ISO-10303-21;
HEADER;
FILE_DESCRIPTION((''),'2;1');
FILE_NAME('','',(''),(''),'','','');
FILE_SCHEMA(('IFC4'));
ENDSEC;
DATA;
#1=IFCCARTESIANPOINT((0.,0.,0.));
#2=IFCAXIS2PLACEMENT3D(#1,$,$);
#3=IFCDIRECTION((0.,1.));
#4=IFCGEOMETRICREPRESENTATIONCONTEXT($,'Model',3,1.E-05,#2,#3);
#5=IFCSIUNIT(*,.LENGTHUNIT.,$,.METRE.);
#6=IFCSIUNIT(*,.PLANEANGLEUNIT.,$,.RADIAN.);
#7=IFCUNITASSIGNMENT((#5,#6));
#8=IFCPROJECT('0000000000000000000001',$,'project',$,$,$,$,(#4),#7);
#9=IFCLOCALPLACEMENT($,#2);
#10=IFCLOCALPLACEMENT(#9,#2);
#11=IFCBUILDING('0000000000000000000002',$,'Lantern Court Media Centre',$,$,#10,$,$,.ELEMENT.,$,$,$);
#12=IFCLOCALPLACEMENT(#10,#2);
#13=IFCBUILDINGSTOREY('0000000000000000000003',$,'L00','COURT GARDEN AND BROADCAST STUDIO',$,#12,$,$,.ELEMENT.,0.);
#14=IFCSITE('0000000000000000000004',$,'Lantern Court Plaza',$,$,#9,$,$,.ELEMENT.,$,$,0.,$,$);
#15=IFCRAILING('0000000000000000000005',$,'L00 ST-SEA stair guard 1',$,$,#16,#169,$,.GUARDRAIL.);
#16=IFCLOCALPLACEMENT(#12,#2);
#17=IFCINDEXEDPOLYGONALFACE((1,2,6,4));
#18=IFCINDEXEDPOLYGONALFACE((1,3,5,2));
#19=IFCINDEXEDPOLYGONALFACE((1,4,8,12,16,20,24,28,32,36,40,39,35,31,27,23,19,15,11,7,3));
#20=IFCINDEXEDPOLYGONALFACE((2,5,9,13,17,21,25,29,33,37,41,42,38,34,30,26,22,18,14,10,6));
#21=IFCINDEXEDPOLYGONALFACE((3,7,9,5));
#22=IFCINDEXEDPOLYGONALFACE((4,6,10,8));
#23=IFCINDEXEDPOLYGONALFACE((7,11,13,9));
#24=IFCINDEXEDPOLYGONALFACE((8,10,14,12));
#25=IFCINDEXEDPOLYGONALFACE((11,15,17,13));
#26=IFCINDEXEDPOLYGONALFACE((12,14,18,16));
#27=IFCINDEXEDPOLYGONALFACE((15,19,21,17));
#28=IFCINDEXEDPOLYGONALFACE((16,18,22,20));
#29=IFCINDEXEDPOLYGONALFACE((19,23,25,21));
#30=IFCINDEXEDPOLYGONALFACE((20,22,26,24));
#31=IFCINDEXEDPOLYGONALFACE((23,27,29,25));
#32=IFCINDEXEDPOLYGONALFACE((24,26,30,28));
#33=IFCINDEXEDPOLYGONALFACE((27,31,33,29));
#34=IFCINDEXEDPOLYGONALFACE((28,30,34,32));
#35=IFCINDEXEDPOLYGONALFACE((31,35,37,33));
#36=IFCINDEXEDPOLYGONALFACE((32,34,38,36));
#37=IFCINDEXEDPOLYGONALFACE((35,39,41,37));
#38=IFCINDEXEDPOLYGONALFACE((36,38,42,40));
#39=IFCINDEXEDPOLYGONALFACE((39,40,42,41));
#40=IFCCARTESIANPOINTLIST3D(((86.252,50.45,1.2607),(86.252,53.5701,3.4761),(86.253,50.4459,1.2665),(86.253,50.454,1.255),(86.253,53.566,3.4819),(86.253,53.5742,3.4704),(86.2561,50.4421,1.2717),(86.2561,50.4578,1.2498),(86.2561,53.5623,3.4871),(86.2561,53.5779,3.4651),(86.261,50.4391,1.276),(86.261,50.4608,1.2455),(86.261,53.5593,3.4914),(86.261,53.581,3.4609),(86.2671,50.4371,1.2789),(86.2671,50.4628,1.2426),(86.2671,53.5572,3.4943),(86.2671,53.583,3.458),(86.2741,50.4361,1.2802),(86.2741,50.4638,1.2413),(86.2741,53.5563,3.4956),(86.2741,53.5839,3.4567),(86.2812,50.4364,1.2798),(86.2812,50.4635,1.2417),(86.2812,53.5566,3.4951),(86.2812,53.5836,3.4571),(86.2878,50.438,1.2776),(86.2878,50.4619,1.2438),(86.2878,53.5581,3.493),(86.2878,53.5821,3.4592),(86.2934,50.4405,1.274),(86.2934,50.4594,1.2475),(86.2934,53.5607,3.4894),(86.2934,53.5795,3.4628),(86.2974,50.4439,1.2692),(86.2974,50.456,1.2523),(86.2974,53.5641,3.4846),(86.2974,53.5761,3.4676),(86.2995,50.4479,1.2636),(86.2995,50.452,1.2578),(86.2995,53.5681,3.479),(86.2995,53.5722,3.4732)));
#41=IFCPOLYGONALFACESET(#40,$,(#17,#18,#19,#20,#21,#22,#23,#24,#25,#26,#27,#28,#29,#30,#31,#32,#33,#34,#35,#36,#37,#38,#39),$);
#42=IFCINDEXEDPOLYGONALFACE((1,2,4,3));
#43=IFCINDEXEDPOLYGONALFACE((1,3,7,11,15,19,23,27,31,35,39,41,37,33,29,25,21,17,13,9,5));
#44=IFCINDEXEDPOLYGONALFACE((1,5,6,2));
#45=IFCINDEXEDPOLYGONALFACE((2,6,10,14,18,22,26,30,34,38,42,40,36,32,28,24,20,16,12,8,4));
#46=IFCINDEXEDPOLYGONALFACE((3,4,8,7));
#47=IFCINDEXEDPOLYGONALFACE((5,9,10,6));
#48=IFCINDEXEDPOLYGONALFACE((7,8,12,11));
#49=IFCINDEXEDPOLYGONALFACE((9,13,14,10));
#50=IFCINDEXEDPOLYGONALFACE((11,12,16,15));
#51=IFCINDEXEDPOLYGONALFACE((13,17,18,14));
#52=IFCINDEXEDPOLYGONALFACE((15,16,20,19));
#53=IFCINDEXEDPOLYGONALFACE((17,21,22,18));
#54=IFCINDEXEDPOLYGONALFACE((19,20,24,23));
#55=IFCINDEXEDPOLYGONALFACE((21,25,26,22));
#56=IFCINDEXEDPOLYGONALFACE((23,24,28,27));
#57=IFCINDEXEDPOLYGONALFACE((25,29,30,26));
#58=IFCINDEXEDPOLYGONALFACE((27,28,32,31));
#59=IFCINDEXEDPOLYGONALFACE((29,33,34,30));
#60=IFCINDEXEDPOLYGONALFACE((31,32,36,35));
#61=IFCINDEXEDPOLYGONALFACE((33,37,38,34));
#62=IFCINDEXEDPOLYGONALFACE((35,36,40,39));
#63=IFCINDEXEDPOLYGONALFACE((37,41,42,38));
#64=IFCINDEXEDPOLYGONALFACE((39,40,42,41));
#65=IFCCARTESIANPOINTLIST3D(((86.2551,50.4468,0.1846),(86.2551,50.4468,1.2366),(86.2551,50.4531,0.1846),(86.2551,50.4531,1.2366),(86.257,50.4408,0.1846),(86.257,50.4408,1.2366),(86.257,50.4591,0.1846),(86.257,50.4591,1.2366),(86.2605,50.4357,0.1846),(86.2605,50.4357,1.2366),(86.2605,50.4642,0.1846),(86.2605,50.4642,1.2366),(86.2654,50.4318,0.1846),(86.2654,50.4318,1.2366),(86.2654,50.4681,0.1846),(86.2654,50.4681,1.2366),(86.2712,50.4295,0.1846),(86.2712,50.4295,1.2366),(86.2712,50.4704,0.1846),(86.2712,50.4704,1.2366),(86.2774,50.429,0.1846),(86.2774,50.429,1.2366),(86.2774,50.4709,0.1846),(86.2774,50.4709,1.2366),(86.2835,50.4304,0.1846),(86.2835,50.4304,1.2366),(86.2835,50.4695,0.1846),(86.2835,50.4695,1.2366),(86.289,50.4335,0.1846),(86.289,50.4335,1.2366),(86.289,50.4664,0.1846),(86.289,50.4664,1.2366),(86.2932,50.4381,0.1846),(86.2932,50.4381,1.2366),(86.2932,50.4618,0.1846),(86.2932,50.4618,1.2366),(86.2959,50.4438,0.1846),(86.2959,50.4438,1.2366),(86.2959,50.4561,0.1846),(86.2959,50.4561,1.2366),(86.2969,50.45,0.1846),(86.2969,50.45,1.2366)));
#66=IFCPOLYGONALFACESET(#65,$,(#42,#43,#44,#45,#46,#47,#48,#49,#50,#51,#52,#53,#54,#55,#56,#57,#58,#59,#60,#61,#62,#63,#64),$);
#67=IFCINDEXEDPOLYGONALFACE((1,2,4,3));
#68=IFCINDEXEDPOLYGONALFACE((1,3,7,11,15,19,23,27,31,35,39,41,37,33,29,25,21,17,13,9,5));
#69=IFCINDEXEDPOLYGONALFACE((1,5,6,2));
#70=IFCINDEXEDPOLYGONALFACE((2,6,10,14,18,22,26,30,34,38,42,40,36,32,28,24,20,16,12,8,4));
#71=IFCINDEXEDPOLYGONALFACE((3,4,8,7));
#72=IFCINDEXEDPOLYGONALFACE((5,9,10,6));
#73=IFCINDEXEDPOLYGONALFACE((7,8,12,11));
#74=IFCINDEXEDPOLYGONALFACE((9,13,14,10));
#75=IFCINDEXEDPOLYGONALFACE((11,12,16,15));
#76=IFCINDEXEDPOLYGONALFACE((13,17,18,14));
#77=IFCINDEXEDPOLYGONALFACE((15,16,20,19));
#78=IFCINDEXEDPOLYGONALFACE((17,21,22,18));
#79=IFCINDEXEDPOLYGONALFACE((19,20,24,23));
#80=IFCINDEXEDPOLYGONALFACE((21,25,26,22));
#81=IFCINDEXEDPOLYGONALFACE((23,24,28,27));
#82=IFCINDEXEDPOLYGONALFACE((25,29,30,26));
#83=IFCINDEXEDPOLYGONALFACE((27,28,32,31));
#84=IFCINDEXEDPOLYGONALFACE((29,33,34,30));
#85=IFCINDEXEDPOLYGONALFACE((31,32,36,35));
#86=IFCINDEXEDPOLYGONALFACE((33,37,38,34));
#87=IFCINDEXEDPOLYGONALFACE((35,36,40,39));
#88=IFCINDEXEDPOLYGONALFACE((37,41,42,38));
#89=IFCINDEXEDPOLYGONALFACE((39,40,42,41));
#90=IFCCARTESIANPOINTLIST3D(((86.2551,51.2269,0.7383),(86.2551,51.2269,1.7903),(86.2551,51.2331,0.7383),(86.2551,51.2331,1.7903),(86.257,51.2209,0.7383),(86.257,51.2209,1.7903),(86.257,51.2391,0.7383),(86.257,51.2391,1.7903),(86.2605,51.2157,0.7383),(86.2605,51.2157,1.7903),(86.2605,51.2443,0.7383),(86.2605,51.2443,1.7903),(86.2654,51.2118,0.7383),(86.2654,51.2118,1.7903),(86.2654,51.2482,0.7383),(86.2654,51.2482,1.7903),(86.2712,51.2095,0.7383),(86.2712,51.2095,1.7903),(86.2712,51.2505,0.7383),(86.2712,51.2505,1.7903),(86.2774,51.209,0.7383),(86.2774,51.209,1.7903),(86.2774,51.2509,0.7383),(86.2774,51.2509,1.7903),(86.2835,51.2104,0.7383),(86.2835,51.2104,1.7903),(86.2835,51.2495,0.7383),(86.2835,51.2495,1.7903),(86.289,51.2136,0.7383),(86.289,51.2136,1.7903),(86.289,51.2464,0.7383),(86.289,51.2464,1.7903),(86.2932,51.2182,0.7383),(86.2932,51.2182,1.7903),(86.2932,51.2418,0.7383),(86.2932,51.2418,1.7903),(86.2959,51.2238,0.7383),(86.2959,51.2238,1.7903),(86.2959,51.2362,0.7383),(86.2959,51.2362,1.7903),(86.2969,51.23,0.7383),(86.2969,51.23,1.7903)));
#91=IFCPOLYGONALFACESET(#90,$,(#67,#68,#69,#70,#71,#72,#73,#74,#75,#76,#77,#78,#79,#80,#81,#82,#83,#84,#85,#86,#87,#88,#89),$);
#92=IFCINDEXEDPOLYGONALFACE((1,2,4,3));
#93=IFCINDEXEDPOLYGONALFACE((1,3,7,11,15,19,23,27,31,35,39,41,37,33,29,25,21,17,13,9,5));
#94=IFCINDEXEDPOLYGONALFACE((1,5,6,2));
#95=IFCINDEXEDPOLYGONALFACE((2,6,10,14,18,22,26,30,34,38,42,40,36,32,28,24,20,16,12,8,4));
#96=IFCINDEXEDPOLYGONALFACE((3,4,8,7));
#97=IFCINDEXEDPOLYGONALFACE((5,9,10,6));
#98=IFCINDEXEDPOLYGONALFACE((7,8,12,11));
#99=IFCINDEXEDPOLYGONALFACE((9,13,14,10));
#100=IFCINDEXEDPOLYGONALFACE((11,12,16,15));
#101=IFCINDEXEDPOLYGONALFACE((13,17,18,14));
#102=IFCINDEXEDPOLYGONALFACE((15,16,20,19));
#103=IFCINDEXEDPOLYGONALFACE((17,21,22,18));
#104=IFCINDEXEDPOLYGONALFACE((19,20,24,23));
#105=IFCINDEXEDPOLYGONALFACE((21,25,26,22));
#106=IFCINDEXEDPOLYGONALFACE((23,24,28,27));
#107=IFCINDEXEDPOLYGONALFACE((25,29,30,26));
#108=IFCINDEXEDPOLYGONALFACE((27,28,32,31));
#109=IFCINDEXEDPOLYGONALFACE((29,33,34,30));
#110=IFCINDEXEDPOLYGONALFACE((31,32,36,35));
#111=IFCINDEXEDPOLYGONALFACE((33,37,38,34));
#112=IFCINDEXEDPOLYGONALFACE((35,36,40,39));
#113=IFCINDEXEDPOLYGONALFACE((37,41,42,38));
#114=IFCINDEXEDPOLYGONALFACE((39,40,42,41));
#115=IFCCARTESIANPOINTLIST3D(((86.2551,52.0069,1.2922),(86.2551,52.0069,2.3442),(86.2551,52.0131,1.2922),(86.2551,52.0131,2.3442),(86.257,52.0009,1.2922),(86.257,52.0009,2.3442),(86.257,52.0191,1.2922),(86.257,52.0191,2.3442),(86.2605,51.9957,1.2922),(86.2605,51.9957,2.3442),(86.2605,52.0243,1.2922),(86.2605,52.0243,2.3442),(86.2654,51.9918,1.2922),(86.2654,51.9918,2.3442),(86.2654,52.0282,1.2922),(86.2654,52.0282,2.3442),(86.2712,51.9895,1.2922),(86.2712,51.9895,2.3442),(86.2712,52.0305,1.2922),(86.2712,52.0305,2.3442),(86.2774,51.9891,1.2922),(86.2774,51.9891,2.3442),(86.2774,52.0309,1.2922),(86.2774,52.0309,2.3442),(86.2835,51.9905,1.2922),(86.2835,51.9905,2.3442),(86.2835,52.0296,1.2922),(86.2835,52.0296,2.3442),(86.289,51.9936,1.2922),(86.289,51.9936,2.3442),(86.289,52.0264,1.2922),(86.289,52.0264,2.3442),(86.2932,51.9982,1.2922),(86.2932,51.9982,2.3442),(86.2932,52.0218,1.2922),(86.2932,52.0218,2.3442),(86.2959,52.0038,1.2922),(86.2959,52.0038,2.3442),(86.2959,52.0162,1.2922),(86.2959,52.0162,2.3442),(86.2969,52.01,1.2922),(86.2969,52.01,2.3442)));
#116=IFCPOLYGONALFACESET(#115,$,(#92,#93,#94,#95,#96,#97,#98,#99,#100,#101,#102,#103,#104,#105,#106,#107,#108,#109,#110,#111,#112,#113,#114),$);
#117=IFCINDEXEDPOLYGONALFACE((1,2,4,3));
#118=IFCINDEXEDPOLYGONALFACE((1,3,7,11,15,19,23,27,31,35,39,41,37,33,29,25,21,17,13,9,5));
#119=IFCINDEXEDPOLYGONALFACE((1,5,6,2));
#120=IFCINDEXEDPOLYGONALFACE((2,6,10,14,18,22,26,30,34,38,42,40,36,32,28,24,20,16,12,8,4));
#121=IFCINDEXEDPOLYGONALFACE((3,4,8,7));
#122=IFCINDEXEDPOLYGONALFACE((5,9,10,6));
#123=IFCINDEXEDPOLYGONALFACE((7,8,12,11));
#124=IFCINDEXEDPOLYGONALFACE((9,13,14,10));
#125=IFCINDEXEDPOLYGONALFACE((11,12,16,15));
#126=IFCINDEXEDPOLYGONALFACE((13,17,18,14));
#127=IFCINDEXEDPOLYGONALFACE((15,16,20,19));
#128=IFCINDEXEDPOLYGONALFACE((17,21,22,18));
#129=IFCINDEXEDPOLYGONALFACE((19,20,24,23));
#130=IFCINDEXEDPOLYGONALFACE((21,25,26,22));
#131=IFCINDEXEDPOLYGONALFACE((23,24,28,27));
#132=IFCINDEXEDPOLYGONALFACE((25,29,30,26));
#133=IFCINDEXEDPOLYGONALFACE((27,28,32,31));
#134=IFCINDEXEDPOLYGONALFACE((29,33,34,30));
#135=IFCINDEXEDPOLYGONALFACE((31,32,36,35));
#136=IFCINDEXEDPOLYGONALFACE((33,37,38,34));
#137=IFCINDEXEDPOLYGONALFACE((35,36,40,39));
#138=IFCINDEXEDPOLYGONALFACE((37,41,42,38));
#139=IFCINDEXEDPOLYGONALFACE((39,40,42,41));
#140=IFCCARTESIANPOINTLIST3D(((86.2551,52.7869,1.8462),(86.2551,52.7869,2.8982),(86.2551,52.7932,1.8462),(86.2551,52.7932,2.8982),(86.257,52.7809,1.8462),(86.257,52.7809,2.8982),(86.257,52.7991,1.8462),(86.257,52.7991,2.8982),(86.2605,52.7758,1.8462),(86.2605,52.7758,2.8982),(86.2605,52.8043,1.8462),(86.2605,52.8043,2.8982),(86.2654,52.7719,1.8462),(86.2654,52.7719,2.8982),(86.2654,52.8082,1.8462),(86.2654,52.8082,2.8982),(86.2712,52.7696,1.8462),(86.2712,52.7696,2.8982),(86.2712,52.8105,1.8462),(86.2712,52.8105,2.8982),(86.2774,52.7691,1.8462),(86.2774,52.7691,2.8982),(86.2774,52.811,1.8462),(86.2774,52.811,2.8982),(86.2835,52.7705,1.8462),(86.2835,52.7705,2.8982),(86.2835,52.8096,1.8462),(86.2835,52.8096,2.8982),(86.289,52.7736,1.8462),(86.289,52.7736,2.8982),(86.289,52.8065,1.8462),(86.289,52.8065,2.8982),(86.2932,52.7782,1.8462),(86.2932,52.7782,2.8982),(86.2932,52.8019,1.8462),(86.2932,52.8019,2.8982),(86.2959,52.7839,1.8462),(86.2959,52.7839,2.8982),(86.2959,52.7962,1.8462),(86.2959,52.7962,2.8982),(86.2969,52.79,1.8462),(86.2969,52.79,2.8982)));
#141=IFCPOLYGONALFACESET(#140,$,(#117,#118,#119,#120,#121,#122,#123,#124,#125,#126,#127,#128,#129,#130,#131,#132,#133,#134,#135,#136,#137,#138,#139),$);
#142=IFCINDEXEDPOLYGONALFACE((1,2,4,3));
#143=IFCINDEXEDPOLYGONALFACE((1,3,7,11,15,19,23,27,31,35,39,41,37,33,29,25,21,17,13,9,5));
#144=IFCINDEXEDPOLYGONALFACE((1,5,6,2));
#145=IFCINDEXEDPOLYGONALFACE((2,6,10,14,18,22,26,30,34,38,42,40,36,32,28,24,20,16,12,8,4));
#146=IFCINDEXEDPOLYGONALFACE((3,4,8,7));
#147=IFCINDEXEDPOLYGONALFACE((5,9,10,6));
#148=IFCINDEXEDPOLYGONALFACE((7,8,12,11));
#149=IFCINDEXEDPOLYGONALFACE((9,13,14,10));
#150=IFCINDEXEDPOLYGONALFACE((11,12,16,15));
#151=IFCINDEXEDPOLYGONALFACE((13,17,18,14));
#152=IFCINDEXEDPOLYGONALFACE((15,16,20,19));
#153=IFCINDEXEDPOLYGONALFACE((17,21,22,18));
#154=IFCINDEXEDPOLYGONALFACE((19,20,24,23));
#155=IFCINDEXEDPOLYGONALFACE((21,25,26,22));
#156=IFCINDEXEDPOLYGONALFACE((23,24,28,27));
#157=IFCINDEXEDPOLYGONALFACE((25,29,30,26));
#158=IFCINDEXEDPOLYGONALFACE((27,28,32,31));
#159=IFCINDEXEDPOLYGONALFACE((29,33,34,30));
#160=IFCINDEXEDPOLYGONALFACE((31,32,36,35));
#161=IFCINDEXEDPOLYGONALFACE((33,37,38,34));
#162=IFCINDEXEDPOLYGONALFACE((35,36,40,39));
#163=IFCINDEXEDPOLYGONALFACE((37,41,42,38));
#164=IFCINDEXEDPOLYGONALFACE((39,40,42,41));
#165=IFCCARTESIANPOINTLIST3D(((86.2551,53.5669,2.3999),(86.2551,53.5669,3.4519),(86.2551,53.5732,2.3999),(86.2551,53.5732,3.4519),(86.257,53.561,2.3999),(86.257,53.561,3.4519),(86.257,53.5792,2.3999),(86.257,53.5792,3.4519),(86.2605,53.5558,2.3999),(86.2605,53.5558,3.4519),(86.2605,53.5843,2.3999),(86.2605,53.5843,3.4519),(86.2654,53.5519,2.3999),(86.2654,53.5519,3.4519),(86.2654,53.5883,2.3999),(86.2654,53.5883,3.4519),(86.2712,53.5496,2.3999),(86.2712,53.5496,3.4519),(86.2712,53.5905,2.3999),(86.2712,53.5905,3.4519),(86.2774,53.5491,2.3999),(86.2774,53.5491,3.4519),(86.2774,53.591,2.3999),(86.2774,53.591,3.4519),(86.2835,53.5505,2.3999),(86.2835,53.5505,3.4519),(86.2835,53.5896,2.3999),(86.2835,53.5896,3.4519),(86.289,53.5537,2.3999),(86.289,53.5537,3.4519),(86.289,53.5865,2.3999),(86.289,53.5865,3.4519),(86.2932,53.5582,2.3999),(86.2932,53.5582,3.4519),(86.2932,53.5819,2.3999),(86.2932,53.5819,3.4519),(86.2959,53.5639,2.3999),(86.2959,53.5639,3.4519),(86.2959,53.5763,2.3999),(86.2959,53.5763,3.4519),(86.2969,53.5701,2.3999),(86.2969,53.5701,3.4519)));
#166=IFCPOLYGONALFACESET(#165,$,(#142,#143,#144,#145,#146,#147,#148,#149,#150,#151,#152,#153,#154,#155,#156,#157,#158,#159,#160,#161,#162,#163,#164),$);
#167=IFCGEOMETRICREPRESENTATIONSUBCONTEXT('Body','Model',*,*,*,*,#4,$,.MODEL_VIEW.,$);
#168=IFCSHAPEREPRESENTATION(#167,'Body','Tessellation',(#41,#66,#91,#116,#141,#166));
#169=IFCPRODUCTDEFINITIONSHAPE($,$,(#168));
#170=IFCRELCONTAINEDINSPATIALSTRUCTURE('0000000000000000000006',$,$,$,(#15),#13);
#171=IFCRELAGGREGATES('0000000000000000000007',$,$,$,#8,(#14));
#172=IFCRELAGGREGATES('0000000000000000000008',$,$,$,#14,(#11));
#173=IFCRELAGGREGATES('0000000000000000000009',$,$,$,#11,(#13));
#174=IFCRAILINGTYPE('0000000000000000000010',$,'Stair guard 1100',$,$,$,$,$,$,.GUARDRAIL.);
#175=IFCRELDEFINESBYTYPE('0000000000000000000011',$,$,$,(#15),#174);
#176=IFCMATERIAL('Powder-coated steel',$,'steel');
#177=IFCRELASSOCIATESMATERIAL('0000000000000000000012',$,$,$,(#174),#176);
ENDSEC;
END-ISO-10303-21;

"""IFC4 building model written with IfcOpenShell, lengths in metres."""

from ifc_helpers import new_model, si_unit, direction, frame, origin, origin_2d, place, context, subcontext, project, spatial, circle, extrude, material, type_object, element, save


model = new_model("IFC4")

# Units and contexts
model_context = context("Model", 3, precision=1e-05, world=origin(), true_north=direction((0.0, 1.0)))
body_context = subcontext(model_context, "Body", "Model", "MODEL_VIEW")
ifc_project = project(units=[si_unit("LENGTHUNIT", "METRE"), si_unit("PLANEANGLEUNIT", "RADIAN")], contexts=[model_context])

# Site, building, storey
site_placement = place(None, origin())
site = spatial("IfcSite", under=ifc_project, at=site_placement, Name="Lantern Court Plaza", CompositionType="ELEMENT", RefElevation=0.0)
building_placement = place(site_placement, origin())
building = spatial("IfcBuilding", under=site, at=building_placement, Name="Lantern Court Media Centre", CompositionType="ELEMENT")
storey_placement = place(building_placement, origin())
storey = spatial("IfcBuildingStorey", under=building, at=storey_placement, Name="L00", Description="COURT GARDEN AND BROADCAST STUDIO", CompositionType="ELEMENT", Elevation=0.0)

# Railing
ifc_material_1 = material(Name="Powder-coated steel", Category="steel")
railing_type_1 = type_object("IfcRailingType", Name="Stair guard 1100", PredefinedType="GUARDRAIL", material=ifc_material_1)
railing_1_placement = place(storey_placement, frame((86.2759, 50.45, 0.1846)))
element("IfcRailing", 1, at=railing_1_placement, inside=storey, type_object=railing_type_1, Name="L00 ST-SEA stair guard 1", PredefinedType="GUARDRAIL", context=body_context, shape_type="SweptSolid", body=[
    extrude(circle(Radius=0.0239, at=origin_2d()), frame((0.0, 0.0, 1.0762), z_axis=(0.0, 0.815377, 0.57893), x_axis=(-1.0, 0.0, 0.0)), (0.0, 0.0, 1.0), 3.8267),
    extrude(circle(Radius=0.021, at=origin_2d()), origin(), (0.0, 0.0, 1.0), 1.052),
    extrude(circle(Radius=0.021, at=origin_2d()), frame((0.0, 0.78, 0.5537)), (0.0, 0.0, 1.0), 1.052),
    extrude(circle(Radius=0.021, at=origin_2d()), frame((0.0, 1.5601, 1.1077)), (0.0, 0.0, 1.0), 1.052),
    extrude(circle(Radius=0.021, at=origin_2d()), frame((0.0, 2.3401, 1.6616)), (0.0, 0.0, 1.0), 1.052),
    extrude(circle(Radius=0.021, at=origin_2d()), frame((0.0, 3.1201, 2.2153)), (0.0, 0.0, 1.0), 1.052),
])

save(model, "model.ifc")
